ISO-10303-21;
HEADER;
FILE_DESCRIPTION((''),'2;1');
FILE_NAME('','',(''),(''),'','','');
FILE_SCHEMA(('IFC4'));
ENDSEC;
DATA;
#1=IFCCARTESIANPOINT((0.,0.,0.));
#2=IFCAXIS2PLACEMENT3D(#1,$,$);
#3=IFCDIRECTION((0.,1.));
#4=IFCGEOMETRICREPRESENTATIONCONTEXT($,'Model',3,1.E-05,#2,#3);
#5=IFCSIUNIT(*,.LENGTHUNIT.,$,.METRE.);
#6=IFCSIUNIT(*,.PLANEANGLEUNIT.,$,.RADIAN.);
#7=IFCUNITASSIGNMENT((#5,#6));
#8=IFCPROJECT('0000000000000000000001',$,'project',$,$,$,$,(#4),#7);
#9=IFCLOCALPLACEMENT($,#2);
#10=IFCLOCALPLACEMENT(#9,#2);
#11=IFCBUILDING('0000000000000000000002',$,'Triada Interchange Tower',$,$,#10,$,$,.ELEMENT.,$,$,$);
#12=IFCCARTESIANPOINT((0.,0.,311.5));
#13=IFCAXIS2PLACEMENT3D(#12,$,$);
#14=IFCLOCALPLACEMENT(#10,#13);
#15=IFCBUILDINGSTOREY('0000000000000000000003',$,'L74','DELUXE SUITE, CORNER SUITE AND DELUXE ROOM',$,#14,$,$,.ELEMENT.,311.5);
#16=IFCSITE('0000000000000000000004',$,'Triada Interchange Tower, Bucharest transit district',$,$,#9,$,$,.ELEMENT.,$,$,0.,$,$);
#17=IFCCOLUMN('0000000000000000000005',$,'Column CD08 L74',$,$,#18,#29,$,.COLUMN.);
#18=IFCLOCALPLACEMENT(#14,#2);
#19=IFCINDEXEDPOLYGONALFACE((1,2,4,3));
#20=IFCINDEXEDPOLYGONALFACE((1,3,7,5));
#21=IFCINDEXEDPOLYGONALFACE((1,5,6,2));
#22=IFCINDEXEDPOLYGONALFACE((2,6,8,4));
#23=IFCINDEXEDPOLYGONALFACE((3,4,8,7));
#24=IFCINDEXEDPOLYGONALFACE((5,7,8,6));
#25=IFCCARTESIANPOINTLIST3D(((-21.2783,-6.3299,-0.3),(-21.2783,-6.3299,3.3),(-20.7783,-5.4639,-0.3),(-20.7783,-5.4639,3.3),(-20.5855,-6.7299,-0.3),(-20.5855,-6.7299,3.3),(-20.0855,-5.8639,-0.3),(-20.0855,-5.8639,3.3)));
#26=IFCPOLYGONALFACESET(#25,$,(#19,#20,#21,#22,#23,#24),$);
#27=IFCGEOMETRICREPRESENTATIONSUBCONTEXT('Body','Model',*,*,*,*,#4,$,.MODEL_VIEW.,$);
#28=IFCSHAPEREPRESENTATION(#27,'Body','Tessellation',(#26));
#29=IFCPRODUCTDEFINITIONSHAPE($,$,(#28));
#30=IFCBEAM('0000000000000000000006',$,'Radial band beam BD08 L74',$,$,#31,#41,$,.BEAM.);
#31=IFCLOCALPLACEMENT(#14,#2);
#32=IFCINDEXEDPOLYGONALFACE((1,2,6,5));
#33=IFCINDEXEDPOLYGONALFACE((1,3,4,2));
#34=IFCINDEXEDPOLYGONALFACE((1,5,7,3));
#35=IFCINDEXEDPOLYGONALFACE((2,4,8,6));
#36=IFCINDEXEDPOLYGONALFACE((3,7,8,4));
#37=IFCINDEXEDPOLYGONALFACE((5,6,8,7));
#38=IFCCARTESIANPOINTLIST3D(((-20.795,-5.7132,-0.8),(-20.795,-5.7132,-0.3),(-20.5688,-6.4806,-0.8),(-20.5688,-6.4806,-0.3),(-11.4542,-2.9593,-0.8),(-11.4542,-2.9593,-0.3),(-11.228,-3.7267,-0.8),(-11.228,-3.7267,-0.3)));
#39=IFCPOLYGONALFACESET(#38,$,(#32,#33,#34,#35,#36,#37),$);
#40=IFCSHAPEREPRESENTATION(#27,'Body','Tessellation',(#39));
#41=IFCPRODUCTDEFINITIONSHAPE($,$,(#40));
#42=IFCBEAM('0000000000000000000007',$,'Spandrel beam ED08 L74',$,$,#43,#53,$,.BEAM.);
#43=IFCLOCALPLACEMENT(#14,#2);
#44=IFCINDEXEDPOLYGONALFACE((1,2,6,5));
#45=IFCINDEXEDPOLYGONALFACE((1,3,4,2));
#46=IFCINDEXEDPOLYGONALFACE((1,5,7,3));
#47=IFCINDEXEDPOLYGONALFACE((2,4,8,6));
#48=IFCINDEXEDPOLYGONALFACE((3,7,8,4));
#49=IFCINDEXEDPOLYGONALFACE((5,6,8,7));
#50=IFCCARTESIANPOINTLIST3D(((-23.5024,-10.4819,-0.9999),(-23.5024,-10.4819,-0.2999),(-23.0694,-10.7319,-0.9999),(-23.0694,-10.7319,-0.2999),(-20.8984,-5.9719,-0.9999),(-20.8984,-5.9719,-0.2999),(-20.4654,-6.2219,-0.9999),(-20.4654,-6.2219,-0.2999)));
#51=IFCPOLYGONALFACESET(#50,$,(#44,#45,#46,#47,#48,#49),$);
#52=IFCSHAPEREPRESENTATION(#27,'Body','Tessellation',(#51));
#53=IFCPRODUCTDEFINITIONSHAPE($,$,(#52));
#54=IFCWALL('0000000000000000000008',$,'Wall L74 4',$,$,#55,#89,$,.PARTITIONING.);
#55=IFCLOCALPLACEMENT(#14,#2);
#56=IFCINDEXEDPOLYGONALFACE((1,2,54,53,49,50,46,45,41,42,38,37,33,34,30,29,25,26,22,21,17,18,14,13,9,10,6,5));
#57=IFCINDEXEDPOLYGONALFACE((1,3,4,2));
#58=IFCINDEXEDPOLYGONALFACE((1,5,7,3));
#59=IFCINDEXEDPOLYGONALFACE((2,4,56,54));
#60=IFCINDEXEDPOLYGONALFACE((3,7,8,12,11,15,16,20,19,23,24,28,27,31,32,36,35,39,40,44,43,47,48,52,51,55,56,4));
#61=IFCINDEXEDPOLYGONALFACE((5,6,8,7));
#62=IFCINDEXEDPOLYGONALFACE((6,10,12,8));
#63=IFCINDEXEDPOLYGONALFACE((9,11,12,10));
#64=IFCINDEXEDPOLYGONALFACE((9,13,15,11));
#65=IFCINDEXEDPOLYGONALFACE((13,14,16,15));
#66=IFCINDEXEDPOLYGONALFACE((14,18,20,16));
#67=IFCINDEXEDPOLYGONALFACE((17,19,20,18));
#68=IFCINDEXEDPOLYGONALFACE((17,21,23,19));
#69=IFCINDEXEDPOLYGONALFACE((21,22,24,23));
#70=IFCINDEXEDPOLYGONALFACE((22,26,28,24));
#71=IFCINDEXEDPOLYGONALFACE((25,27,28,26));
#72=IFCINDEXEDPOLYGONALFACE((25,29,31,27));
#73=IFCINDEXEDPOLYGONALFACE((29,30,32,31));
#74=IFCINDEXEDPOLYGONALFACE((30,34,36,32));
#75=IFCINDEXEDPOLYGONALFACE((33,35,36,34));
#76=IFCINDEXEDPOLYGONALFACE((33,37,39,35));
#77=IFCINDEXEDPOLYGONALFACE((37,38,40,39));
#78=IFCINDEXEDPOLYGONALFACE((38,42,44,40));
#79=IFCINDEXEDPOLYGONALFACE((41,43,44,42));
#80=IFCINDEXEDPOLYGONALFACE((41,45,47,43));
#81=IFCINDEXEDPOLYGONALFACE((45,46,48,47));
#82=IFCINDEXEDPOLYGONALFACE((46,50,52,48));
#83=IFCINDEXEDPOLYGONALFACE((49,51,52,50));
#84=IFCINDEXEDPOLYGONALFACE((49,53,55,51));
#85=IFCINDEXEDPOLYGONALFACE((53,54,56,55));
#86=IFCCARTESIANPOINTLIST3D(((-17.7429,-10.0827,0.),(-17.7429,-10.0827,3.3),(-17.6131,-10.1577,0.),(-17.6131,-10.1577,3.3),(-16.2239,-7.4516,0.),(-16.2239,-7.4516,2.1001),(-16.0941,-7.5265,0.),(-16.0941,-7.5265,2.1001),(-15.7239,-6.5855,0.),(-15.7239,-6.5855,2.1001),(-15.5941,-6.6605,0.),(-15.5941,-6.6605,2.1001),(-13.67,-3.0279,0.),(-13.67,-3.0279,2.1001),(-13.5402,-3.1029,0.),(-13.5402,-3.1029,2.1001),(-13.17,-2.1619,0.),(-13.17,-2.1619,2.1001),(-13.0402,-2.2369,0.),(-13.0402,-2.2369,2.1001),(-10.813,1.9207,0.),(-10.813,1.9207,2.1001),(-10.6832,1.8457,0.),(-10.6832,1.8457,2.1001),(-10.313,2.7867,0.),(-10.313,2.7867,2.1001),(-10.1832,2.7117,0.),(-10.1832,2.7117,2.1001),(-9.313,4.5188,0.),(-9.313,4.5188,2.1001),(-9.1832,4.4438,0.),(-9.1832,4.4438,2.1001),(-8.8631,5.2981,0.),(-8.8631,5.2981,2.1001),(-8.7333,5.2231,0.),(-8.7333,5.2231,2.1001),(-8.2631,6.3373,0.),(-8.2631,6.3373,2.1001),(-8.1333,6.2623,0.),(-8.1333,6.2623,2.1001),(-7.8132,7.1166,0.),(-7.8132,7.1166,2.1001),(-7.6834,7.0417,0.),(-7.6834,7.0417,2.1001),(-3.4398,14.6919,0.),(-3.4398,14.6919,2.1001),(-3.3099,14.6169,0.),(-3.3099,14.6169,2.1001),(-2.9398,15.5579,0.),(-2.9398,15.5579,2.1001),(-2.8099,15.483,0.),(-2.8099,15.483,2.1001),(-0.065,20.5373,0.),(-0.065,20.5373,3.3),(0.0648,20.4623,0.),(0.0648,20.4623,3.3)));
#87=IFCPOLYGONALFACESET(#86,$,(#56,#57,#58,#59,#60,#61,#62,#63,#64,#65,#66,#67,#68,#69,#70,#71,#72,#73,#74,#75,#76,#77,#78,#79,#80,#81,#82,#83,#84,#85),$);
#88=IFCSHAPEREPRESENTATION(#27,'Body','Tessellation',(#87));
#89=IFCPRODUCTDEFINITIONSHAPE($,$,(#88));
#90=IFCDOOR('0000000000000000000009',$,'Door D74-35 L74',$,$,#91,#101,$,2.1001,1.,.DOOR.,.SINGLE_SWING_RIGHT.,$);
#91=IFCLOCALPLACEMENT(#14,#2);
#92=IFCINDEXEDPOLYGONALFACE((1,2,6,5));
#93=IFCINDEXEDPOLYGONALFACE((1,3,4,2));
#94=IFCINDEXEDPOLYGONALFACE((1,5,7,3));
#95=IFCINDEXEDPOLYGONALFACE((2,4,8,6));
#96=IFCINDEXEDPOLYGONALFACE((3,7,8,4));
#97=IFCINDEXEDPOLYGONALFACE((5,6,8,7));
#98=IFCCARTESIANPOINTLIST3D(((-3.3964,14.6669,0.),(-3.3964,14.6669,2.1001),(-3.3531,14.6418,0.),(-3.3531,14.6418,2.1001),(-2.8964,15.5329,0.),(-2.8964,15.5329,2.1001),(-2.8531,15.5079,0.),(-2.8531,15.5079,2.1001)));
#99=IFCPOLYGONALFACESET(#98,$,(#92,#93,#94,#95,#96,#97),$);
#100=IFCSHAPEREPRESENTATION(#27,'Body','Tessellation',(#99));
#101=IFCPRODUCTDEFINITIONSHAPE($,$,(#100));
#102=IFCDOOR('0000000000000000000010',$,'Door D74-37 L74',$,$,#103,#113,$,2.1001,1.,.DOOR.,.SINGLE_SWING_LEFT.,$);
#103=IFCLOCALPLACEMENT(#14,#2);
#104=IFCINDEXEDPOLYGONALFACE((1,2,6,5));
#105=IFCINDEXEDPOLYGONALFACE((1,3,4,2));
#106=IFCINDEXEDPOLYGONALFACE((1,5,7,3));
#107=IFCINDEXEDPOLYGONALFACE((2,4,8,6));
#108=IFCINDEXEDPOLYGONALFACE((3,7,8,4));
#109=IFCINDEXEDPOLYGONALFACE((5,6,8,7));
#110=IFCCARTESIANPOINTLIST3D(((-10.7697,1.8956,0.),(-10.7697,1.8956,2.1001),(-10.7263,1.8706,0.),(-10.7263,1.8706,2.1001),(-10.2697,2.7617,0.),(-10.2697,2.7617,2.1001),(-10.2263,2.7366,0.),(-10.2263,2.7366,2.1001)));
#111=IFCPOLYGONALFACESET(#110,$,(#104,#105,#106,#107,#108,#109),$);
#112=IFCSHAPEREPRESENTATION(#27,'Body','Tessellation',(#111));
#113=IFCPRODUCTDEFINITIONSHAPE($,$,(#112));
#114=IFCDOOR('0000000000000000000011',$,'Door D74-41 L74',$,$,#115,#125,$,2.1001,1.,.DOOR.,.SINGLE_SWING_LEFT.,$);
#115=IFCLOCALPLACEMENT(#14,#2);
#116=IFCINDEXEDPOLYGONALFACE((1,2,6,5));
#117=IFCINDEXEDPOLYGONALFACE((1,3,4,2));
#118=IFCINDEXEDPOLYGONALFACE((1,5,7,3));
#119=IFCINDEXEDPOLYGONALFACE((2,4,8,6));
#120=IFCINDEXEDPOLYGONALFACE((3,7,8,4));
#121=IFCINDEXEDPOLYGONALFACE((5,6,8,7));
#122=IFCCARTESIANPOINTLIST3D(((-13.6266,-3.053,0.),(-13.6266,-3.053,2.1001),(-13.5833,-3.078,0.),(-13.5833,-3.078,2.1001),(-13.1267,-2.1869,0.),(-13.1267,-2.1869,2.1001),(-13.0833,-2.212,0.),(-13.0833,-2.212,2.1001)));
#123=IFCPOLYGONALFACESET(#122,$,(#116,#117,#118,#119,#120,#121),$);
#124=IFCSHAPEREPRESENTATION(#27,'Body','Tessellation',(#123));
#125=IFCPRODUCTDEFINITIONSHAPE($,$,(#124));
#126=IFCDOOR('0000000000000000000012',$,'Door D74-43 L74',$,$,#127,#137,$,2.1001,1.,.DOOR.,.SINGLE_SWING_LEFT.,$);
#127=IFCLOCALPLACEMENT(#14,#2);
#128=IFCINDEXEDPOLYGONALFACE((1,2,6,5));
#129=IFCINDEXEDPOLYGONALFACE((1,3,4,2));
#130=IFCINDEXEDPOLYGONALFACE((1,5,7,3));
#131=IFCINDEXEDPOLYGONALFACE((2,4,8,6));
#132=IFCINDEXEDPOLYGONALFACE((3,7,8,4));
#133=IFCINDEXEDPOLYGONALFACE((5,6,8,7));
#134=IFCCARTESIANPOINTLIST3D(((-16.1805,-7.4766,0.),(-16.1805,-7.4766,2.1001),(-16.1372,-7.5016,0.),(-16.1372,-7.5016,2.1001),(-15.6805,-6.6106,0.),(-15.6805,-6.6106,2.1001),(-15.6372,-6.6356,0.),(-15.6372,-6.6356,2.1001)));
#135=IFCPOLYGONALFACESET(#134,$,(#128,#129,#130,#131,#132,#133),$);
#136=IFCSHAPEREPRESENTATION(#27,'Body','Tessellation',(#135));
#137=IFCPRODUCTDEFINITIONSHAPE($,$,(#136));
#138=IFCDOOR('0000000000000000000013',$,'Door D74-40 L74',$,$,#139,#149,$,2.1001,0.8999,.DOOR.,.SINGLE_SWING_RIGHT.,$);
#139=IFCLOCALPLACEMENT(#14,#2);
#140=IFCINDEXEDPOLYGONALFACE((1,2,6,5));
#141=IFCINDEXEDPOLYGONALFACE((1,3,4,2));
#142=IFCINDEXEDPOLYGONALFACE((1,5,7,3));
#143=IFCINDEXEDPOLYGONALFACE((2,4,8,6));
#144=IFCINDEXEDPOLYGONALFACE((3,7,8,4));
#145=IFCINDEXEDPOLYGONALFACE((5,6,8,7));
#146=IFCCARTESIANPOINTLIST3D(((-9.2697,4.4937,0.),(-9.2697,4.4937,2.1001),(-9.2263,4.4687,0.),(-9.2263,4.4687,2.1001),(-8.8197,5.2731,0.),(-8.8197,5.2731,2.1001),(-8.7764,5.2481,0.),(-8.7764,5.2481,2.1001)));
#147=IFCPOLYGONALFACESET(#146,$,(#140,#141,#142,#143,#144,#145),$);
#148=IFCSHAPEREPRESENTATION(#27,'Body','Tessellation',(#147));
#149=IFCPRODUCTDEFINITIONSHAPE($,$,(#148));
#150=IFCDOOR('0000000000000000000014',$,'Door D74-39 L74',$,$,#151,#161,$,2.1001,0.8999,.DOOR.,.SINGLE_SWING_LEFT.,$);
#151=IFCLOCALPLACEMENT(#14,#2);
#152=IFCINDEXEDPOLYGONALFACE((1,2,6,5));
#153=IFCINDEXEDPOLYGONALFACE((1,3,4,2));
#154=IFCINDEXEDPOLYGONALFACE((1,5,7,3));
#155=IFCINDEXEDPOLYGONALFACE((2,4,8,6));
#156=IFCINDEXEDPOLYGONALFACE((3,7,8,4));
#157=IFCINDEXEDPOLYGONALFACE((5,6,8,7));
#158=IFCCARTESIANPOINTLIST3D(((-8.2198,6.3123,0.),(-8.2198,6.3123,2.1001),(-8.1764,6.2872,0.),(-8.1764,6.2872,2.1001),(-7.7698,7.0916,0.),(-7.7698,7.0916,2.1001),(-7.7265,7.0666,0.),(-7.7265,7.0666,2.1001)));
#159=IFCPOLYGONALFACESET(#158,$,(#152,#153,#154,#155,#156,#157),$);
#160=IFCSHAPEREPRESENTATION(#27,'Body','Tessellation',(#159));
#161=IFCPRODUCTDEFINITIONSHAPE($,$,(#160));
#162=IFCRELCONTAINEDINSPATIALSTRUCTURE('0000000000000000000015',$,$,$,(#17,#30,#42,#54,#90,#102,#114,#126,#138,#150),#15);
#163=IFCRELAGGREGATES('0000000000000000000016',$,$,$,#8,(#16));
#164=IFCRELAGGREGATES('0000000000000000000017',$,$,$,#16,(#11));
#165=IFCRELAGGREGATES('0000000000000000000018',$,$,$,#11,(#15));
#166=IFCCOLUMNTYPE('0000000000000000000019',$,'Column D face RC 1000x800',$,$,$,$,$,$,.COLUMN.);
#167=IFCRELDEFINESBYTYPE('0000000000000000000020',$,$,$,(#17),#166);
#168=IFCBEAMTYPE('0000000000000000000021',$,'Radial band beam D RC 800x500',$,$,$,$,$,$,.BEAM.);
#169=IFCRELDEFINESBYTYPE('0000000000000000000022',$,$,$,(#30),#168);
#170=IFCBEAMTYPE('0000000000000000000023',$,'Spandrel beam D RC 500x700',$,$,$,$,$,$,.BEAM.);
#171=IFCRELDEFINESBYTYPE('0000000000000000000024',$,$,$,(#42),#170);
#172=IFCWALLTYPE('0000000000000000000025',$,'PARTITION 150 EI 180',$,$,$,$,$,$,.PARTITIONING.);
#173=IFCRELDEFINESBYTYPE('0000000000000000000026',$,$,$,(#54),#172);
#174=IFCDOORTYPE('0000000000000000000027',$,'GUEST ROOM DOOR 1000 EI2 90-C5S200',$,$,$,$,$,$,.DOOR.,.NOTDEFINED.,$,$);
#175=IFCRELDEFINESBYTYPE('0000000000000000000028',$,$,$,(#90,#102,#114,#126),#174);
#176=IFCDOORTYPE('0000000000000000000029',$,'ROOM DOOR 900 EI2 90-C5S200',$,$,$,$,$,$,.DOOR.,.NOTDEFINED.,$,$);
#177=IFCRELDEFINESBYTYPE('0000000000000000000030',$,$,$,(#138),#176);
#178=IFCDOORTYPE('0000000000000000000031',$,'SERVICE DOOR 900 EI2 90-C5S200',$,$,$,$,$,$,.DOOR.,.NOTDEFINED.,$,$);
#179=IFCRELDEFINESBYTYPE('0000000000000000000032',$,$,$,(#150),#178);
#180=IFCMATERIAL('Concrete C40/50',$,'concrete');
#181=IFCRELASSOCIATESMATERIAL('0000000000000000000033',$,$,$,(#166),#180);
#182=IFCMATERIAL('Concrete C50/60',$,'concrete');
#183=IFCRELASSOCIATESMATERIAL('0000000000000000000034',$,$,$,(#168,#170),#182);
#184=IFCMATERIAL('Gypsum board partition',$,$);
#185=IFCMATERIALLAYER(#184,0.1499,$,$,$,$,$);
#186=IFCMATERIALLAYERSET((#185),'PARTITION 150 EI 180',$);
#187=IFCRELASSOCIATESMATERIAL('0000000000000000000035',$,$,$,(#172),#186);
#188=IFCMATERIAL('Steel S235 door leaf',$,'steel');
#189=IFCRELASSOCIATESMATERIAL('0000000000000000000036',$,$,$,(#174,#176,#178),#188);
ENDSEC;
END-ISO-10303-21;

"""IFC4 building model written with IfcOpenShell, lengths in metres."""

from ifc_helpers import new_model, si_unit, direction, frame, frame_2d, origin, origin_2d, place, context, subcontext, project, spatial, rectangle, extrude, material, layer, layer_set, material_profile, profile_set, type_object, element, fill, save


model = new_model("IFC4")

# Units and contexts
model_context = context("Model", 3, precision=1e-05, world=origin(), true_north=direction((0.0, 1.0)))
body_context = subcontext(model_context, "Body", "Model", "MODEL_VIEW")
ifc_project = project(units=[si_unit("LENGTHUNIT", "METRE"), si_unit("PLANEANGLEUNIT", "RADIAN")], contexts=[model_context])

# Site, building, storey
site_placement = place(None, origin())
site = spatial("IfcSite", under=ifc_project, at=site_placement, Name="Triada Interchange Tower, Bucharest transit district", CompositionType="ELEMENT", RefElevation=0.0)
building_placement = place(site_placement, origin())
building = spatial("IfcBuilding", under=site, at=building_placement, Name="Triada Interchange Tower", CompositionType="ELEMENT")
storey_placement = place(building_placement, frame((0.0, 0.0, 311.5)))
storey = spatial("IfcBuildingStorey", under=building, at=storey_placement, Name="L74", Description="DELUXE SUITE, CORNER SUITE AND DELUXE ROOM", CompositionType="ELEMENT", Elevation=311.5)

# Column
ifc_material_1 = material(Name="Concrete C40/50", Category="concrete")
ifc_material_profile_1 = material_profile(ifc_material_1, rectangle(XDim=1.0, YDim=0.8, at=origin_2d()), Name="RC 1000x800")
ifc_profile_set_1 = profile_set([ifc_material_profile_1], Name="Concrete C40/50")
column_type = type_object("IfcColumnType", Name="Column D face RC 1000x800", PredefinedType="COLUMN", material=ifc_profile_set_1)
column_placement = place(storey_placement, frame((-20.6819, -6.0969, -0.3), z_axis=(0.0, 0.0, 1.0), x_axis=(0.5, 0.866025, 0.0)))
element("IfcColumn", 1, at=column_placement, inside=storey, type_object=column_type, Name="Column CD08 L74", PredefinedType="COLUMN", context=body_context, shape_type="SweptSolid", body=[
    extrude(rectangle(XDim=1.0, YDim=0.8, at=origin_2d()), origin(), (0.0, 0.0, 1.0), 3.6001),
])

# Beams
ifc_material_2 = material(Name="Concrete C50/60", Category="concrete")
ifc_material_profile_2 = material_profile(ifc_material_2, rectangle(XDim=0.8, YDim=0.5, at=origin_2d()), Name="RC 800x500")
ifc_profile_set_2 = profile_set([ifc_material_profile_2], Name="Concrete C50/60")
beam_type_1 = type_object("IfcBeamType", Name="Radial band beam D RC 800x500", PredefinedType="BEAM", material=ifc_profile_set_2)
beam_1_placement = place(storey_placement, frame((-20.6819, -6.0969, -0.55), z_axis=(0.959182, 0.282791, 0.0), x_axis=(-0.282791, 0.959182, 0.0)))
element("IfcBeam", 2, at=beam_1_placement, inside=storey, type_object=beam_type_1, Name="Radial band beam BD08 L74", PredefinedType="BEAM", context=body_context, shape_type="SweptSolid", body=[
    extrude(rectangle(XDim=0.8, YDim=0.5, at=origin_2d()), origin(), (0.0, 0.0, 1.0), 9.7383),
])
ifc_material_profile_3 = material_profile(ifc_material_2, rectangle(XDim=0.5, YDim=0.7, at=origin_2d()), Name="RC 500x700")
ifc_profile_set_3 = profile_set([ifc_material_profile_3], Name="Concrete C50/60")
beam_type_2 = type_object("IfcBeamType", Name="Spandrel beam D RC 500x700", PredefinedType="BEAM", material=ifc_profile_set_3)
beam_2_placement = place(storey_placement, frame((-20.6819, -6.0969, -0.6499), z_axis=(-0.500021, -0.866013, 0.0), x_axis=(0.866013, -0.500021, 0.0)))
element("IfcBeam", 3, at=beam_2_placement, inside=storey, type_object=beam_type_2, Name="Spandrel beam ED08 L74", PredefinedType="BEAM", context=body_context, shape_type="SweptSolid", body=[
    extrude(rectangle(XDim=0.5, YDim=0.7, at=origin_2d()), origin(), (0.0, 0.0, 1.0), 5.2078),
])

# Wall, openings, doors
ifc_material_3 = material(Name="Gypsum board partition")
ifc_layer_1 = layer(ifc_material_3, 0.1499)
ifc_layer_set_1 = layer_set([ifc_layer_1], Name="PARTITION 150 EI 180")
wall_type_1 = type_object("IfcWallType", Name="PARTITION 150 EI 180", PredefinedType="PARTITIONING", material=ifc_layer_set_1)
wall_1_placement = place(storey_placement, frame((-17.678, -10.1201, 0.0), z_axis=(0.0, 0.0, 1.0), x_axis=(0.499988, 0.866032, 0.0)))
wall_1 = element("IfcWall", 4, at=wall_1_placement, inside=storey, type_object=wall_type_1, Name="Wall L74 4", PredefinedType="PARTITIONING", context=body_context, shape_type="SweptSolid", body=[
    extrude(rectangle(XDim=35.3567, YDim=0.1499, at=frame_2d((17.6782, 0.0))), origin(), (0.0, 0.0, 1.0), 3.3),
])
opening_1_placement = place(wall_1_placement, frame((28.6069, 0.0, 0.0)))
opening_1 = element("IfcOpeningElement", 5, at=opening_1_placement, cuts=wall_1, PredefinedType="OPENING", context=body_context, shape_type="SweptSolid", body=[
    extrude(rectangle(XDim=1.0, YDim=2.1001, at=frame_2d((0.5, 1.05))), frame((0.0, 0.085, 0.0), z_axis=(0.0, -1.0, 0.0), x_axis=(1.0, 0.0, 0.0)), (0.0, 0.0, 1.0), 0.1699),
])
opening_2_placement = place(wall_1_placement, frame((13.8601, 0.0, 0.0)))
opening_2 = element("IfcOpeningElement", 6, at=opening_2_placement, cuts=wall_1, PredefinedType="OPENING", context=body_context, shape_type="SweptSolid", body=[
    extrude(rectangle(XDim=1.0, YDim=2.1001, at=frame_2d((0.5, 1.05))), frame((0.0, 0.085, 0.0), z_axis=(0.0, -1.0, 0.0), x_axis=(1.0, 0.0, 0.0)), (0.0, 0.0, 1.0), 0.1699),
])
opening_3_placement = place(wall_1_placement, frame((18.96, 0.0, 0.0)))
opening_3 = element("IfcOpeningElement", 7, at=opening_3_placement, cuts=wall_1, PredefinedType="OPENING", context=body_context, shape_type="SweptSolid", body=[
    extrude(rectangle(XDim=0.8999, YDim=2.1001, at=frame_2d((0.45, 1.05))), frame((0.0, 0.085, 0.0), z_axis=(0.0, -1.0, 0.0), x_axis=(1.0, 0.0, 0.0)), (0.0, 0.0, 1.0), 0.1699),
])
opening_4_placement = place(wall_1_placement, frame((16.8601, 0.0, 0.0)))
opening_4 = element("IfcOpeningElement", 8, at=opening_4_placement, cuts=wall_1, PredefinedType="OPENING", context=body_context, shape_type="SweptSolid", body=[
    extrude(rectangle(XDim=0.8999, YDim=2.1001, at=frame_2d((0.45, 1.05))), frame((0.0, 0.085, 0.0), z_axis=(0.0, -1.0, 0.0), x_axis=(1.0, 0.0, 0.0)), (0.0, 0.0, 1.0), 0.1699),
])
opening_5_placement = place(wall_1_placement, frame((8.146, 0.0, 0.0)))
opening_5 = element("IfcOpeningElement", 9, at=opening_5_placement, cuts=wall_1, PredefinedType="OPENING", context=body_context, shape_type="SweptSolid", body=[
    extrude(rectangle(XDim=1.0, YDim=2.1001, at=frame_2d((0.5, 1.05))), frame((0.0, 0.085, 0.0), z_axis=(0.0, -1.0, 0.0), x_axis=(1.0, 0.0, 0.0)), (0.0, 0.0, 1.0), 0.1699),
])
opening_6_placement = place(wall_1_placement, frame((3.0381, 0.0, 0.0)))
opening_6 = element("IfcOpeningElement", 10, at=opening_6_placement, cuts=wall_1, PredefinedType="OPENING", context=body_context, shape_type="SweptSolid", body=[
    extrude(rectangle(XDim=1.0, YDim=2.1001, at=frame_2d((0.5, 1.05))), frame((0.0, 0.085, 0.0), z_axis=(0.0, -1.0, 0.0), x_axis=(1.0, 0.0, 0.0)), (0.0, 0.0, 1.0), 0.1699),
])
ifc_material_4 = material(Name="Steel S235 door leaf", Category="steel")
door_type_1 = type_object("IfcDoorType", Name="GUEST ROOM DOOR 1000 EI2 90-C5S200", OperationType="NOTDEFINED", PredefinedType="DOOR", material=ifc_material_4)
door_1_placement = place(opening_1_placement, origin())
door_1 = element("IfcDoor", 11, at=door_1_placement, inside=storey, type_object=door_type_1, Name="Door D74-35 L74", OperationType="SINGLE_SWING_RIGHT", OverallHeight=2.1001, OverallWidth=1.0, PredefinedType="DOOR", context=body_context, shape_type="SweptSolid", body=[
    extrude(rectangle(XDim=1.0, YDim=2.1001, at=frame_2d((0.5, 1.05))), frame((0.0, 0.0249, 0.0), z_axis=(0.0, -1.0, 0.0), x_axis=(1.0, 0.0, 0.0)), (0.0, 0.0, 1.0), 0.05),
])
fill(opening_1, door_1)
door_2_placement = place(opening_2_placement, origin())
door_2 = element("IfcDoor", 12, at=door_2_placement, inside=storey, type_object=door_type_1, Name="Door D74-37 L74", OperationType="SINGLE_SWING_LEFT", OverallHeight=2.1001, OverallWidth=1.0, PredefinedType="DOOR", context=body_context, shape_type="SweptSolid", body=[
    extrude(rectangle(XDim=1.0, YDim=2.1001, at=frame_2d((0.5, 1.05))), frame((0.0, 0.0249, 0.0), z_axis=(0.0, -1.0, 0.0), x_axis=(1.0, 0.0, 0.0)), (0.0, 0.0, 1.0), 0.05),
])
fill(opening_2, door_2)
door_3_placement = place(opening_5_placement, origin())
door_3 = element("IfcDoor", 13, at=door_3_placement, inside=storey, type_object=door_type_1, Name="Door D74-41 L74", OperationType="SINGLE_SWING_LEFT", OverallHeight=2.1001, OverallWidth=1.0, PredefinedType="DOOR", context=body_context, shape_type="SweptSolid", body=[
    extrude(rectangle(XDim=1.0, YDim=2.1001, at=frame_2d((0.5, 1.05))), frame((0.0, 0.0249, 0.0), z_axis=(0.0, -1.0, 0.0), x_axis=(1.0, 0.0, 0.0)), (0.0, 0.0, 1.0), 0.05),
])
fill(opening_5, door_3)
door_4_placement = place(opening_6_placement, origin())
door_4 = element("IfcDoor", 14, at=door_4_placement, inside=storey, type_object=door_type_1, Name="Door D74-43 L74", OperationType="SINGLE_SWING_LEFT", OverallHeight=2.1001, OverallWidth=1.0, PredefinedType="DOOR", context=body_context, shape_type="SweptSolid", body=[
    extrude(rectangle(XDim=1.0, YDim=2.1001, at=frame_2d((0.5, 1.05))), frame((0.0, 0.0249, 0.0), z_axis=(0.0, -1.0, 0.0), x_axis=(1.0, 0.0, 0.0)), (0.0, 0.0, 1.0), 0.05),
])
fill(opening_6, door_4)
door_type_2 = type_object("IfcDoorType", Name="ROOM DOOR 900 EI2 90-C5S200", OperationType="NOTDEFINED", PredefinedType="DOOR", material=ifc_material_4)
door_5_placement = place(opening_4_placement, origin())
door_5 = element("IfcDoor", 15, at=door_5_placement, inside=storey, type_object=door_type_2, Name="Door D74-40 L74", OperationType="SINGLE_SWING_RIGHT", OverallHeight=2.1001, OverallWidth=0.8999, PredefinedType="DOOR", context=body_context, shape_type="SweptSolid", body=[
    extrude(rectangle(XDim=0.8999, YDim=2.1001, at=frame_2d((0.45, 1.05))), frame((0.0, 0.0249, 0.0), z_axis=(0.0, -1.0, 0.0), x_axis=(1.0, 0.0, 0.0)), (0.0, 0.0, 1.0), 0.05),
])
fill(opening_4, door_5)
door_type_3 = type_object("IfcDoorType", Name="SERVICE DOOR 900 EI2 90-C5S200", OperationType="NOTDEFINED", PredefinedType="DOOR", material=ifc_material_4)
door_6_placement = place(opening_3_placement, origin())
door_6 = element("IfcDoor", 16, at=door_6_placement, inside=storey, type_object=door_type_3, Name="Door D74-39 L74", OperationType="SINGLE_SWING_LEFT", OverallHeight=2.1001, OverallWidth=0.8999, PredefinedType="DOOR", context=body_context, shape_type="SweptSolid", body=[
    extrude(rectangle(XDim=0.8999, YDim=2.1001, at=frame_2d((0.45, 1.05))), frame((0.0, 0.0249, 0.0), z_axis=(0.0, -1.0, 0.0), x_axis=(1.0, 0.0, 0.0)), (0.0, 0.0, 1.0), 0.05),
])
fill(opening_3, door_6)

save(model, "model.ifc")
